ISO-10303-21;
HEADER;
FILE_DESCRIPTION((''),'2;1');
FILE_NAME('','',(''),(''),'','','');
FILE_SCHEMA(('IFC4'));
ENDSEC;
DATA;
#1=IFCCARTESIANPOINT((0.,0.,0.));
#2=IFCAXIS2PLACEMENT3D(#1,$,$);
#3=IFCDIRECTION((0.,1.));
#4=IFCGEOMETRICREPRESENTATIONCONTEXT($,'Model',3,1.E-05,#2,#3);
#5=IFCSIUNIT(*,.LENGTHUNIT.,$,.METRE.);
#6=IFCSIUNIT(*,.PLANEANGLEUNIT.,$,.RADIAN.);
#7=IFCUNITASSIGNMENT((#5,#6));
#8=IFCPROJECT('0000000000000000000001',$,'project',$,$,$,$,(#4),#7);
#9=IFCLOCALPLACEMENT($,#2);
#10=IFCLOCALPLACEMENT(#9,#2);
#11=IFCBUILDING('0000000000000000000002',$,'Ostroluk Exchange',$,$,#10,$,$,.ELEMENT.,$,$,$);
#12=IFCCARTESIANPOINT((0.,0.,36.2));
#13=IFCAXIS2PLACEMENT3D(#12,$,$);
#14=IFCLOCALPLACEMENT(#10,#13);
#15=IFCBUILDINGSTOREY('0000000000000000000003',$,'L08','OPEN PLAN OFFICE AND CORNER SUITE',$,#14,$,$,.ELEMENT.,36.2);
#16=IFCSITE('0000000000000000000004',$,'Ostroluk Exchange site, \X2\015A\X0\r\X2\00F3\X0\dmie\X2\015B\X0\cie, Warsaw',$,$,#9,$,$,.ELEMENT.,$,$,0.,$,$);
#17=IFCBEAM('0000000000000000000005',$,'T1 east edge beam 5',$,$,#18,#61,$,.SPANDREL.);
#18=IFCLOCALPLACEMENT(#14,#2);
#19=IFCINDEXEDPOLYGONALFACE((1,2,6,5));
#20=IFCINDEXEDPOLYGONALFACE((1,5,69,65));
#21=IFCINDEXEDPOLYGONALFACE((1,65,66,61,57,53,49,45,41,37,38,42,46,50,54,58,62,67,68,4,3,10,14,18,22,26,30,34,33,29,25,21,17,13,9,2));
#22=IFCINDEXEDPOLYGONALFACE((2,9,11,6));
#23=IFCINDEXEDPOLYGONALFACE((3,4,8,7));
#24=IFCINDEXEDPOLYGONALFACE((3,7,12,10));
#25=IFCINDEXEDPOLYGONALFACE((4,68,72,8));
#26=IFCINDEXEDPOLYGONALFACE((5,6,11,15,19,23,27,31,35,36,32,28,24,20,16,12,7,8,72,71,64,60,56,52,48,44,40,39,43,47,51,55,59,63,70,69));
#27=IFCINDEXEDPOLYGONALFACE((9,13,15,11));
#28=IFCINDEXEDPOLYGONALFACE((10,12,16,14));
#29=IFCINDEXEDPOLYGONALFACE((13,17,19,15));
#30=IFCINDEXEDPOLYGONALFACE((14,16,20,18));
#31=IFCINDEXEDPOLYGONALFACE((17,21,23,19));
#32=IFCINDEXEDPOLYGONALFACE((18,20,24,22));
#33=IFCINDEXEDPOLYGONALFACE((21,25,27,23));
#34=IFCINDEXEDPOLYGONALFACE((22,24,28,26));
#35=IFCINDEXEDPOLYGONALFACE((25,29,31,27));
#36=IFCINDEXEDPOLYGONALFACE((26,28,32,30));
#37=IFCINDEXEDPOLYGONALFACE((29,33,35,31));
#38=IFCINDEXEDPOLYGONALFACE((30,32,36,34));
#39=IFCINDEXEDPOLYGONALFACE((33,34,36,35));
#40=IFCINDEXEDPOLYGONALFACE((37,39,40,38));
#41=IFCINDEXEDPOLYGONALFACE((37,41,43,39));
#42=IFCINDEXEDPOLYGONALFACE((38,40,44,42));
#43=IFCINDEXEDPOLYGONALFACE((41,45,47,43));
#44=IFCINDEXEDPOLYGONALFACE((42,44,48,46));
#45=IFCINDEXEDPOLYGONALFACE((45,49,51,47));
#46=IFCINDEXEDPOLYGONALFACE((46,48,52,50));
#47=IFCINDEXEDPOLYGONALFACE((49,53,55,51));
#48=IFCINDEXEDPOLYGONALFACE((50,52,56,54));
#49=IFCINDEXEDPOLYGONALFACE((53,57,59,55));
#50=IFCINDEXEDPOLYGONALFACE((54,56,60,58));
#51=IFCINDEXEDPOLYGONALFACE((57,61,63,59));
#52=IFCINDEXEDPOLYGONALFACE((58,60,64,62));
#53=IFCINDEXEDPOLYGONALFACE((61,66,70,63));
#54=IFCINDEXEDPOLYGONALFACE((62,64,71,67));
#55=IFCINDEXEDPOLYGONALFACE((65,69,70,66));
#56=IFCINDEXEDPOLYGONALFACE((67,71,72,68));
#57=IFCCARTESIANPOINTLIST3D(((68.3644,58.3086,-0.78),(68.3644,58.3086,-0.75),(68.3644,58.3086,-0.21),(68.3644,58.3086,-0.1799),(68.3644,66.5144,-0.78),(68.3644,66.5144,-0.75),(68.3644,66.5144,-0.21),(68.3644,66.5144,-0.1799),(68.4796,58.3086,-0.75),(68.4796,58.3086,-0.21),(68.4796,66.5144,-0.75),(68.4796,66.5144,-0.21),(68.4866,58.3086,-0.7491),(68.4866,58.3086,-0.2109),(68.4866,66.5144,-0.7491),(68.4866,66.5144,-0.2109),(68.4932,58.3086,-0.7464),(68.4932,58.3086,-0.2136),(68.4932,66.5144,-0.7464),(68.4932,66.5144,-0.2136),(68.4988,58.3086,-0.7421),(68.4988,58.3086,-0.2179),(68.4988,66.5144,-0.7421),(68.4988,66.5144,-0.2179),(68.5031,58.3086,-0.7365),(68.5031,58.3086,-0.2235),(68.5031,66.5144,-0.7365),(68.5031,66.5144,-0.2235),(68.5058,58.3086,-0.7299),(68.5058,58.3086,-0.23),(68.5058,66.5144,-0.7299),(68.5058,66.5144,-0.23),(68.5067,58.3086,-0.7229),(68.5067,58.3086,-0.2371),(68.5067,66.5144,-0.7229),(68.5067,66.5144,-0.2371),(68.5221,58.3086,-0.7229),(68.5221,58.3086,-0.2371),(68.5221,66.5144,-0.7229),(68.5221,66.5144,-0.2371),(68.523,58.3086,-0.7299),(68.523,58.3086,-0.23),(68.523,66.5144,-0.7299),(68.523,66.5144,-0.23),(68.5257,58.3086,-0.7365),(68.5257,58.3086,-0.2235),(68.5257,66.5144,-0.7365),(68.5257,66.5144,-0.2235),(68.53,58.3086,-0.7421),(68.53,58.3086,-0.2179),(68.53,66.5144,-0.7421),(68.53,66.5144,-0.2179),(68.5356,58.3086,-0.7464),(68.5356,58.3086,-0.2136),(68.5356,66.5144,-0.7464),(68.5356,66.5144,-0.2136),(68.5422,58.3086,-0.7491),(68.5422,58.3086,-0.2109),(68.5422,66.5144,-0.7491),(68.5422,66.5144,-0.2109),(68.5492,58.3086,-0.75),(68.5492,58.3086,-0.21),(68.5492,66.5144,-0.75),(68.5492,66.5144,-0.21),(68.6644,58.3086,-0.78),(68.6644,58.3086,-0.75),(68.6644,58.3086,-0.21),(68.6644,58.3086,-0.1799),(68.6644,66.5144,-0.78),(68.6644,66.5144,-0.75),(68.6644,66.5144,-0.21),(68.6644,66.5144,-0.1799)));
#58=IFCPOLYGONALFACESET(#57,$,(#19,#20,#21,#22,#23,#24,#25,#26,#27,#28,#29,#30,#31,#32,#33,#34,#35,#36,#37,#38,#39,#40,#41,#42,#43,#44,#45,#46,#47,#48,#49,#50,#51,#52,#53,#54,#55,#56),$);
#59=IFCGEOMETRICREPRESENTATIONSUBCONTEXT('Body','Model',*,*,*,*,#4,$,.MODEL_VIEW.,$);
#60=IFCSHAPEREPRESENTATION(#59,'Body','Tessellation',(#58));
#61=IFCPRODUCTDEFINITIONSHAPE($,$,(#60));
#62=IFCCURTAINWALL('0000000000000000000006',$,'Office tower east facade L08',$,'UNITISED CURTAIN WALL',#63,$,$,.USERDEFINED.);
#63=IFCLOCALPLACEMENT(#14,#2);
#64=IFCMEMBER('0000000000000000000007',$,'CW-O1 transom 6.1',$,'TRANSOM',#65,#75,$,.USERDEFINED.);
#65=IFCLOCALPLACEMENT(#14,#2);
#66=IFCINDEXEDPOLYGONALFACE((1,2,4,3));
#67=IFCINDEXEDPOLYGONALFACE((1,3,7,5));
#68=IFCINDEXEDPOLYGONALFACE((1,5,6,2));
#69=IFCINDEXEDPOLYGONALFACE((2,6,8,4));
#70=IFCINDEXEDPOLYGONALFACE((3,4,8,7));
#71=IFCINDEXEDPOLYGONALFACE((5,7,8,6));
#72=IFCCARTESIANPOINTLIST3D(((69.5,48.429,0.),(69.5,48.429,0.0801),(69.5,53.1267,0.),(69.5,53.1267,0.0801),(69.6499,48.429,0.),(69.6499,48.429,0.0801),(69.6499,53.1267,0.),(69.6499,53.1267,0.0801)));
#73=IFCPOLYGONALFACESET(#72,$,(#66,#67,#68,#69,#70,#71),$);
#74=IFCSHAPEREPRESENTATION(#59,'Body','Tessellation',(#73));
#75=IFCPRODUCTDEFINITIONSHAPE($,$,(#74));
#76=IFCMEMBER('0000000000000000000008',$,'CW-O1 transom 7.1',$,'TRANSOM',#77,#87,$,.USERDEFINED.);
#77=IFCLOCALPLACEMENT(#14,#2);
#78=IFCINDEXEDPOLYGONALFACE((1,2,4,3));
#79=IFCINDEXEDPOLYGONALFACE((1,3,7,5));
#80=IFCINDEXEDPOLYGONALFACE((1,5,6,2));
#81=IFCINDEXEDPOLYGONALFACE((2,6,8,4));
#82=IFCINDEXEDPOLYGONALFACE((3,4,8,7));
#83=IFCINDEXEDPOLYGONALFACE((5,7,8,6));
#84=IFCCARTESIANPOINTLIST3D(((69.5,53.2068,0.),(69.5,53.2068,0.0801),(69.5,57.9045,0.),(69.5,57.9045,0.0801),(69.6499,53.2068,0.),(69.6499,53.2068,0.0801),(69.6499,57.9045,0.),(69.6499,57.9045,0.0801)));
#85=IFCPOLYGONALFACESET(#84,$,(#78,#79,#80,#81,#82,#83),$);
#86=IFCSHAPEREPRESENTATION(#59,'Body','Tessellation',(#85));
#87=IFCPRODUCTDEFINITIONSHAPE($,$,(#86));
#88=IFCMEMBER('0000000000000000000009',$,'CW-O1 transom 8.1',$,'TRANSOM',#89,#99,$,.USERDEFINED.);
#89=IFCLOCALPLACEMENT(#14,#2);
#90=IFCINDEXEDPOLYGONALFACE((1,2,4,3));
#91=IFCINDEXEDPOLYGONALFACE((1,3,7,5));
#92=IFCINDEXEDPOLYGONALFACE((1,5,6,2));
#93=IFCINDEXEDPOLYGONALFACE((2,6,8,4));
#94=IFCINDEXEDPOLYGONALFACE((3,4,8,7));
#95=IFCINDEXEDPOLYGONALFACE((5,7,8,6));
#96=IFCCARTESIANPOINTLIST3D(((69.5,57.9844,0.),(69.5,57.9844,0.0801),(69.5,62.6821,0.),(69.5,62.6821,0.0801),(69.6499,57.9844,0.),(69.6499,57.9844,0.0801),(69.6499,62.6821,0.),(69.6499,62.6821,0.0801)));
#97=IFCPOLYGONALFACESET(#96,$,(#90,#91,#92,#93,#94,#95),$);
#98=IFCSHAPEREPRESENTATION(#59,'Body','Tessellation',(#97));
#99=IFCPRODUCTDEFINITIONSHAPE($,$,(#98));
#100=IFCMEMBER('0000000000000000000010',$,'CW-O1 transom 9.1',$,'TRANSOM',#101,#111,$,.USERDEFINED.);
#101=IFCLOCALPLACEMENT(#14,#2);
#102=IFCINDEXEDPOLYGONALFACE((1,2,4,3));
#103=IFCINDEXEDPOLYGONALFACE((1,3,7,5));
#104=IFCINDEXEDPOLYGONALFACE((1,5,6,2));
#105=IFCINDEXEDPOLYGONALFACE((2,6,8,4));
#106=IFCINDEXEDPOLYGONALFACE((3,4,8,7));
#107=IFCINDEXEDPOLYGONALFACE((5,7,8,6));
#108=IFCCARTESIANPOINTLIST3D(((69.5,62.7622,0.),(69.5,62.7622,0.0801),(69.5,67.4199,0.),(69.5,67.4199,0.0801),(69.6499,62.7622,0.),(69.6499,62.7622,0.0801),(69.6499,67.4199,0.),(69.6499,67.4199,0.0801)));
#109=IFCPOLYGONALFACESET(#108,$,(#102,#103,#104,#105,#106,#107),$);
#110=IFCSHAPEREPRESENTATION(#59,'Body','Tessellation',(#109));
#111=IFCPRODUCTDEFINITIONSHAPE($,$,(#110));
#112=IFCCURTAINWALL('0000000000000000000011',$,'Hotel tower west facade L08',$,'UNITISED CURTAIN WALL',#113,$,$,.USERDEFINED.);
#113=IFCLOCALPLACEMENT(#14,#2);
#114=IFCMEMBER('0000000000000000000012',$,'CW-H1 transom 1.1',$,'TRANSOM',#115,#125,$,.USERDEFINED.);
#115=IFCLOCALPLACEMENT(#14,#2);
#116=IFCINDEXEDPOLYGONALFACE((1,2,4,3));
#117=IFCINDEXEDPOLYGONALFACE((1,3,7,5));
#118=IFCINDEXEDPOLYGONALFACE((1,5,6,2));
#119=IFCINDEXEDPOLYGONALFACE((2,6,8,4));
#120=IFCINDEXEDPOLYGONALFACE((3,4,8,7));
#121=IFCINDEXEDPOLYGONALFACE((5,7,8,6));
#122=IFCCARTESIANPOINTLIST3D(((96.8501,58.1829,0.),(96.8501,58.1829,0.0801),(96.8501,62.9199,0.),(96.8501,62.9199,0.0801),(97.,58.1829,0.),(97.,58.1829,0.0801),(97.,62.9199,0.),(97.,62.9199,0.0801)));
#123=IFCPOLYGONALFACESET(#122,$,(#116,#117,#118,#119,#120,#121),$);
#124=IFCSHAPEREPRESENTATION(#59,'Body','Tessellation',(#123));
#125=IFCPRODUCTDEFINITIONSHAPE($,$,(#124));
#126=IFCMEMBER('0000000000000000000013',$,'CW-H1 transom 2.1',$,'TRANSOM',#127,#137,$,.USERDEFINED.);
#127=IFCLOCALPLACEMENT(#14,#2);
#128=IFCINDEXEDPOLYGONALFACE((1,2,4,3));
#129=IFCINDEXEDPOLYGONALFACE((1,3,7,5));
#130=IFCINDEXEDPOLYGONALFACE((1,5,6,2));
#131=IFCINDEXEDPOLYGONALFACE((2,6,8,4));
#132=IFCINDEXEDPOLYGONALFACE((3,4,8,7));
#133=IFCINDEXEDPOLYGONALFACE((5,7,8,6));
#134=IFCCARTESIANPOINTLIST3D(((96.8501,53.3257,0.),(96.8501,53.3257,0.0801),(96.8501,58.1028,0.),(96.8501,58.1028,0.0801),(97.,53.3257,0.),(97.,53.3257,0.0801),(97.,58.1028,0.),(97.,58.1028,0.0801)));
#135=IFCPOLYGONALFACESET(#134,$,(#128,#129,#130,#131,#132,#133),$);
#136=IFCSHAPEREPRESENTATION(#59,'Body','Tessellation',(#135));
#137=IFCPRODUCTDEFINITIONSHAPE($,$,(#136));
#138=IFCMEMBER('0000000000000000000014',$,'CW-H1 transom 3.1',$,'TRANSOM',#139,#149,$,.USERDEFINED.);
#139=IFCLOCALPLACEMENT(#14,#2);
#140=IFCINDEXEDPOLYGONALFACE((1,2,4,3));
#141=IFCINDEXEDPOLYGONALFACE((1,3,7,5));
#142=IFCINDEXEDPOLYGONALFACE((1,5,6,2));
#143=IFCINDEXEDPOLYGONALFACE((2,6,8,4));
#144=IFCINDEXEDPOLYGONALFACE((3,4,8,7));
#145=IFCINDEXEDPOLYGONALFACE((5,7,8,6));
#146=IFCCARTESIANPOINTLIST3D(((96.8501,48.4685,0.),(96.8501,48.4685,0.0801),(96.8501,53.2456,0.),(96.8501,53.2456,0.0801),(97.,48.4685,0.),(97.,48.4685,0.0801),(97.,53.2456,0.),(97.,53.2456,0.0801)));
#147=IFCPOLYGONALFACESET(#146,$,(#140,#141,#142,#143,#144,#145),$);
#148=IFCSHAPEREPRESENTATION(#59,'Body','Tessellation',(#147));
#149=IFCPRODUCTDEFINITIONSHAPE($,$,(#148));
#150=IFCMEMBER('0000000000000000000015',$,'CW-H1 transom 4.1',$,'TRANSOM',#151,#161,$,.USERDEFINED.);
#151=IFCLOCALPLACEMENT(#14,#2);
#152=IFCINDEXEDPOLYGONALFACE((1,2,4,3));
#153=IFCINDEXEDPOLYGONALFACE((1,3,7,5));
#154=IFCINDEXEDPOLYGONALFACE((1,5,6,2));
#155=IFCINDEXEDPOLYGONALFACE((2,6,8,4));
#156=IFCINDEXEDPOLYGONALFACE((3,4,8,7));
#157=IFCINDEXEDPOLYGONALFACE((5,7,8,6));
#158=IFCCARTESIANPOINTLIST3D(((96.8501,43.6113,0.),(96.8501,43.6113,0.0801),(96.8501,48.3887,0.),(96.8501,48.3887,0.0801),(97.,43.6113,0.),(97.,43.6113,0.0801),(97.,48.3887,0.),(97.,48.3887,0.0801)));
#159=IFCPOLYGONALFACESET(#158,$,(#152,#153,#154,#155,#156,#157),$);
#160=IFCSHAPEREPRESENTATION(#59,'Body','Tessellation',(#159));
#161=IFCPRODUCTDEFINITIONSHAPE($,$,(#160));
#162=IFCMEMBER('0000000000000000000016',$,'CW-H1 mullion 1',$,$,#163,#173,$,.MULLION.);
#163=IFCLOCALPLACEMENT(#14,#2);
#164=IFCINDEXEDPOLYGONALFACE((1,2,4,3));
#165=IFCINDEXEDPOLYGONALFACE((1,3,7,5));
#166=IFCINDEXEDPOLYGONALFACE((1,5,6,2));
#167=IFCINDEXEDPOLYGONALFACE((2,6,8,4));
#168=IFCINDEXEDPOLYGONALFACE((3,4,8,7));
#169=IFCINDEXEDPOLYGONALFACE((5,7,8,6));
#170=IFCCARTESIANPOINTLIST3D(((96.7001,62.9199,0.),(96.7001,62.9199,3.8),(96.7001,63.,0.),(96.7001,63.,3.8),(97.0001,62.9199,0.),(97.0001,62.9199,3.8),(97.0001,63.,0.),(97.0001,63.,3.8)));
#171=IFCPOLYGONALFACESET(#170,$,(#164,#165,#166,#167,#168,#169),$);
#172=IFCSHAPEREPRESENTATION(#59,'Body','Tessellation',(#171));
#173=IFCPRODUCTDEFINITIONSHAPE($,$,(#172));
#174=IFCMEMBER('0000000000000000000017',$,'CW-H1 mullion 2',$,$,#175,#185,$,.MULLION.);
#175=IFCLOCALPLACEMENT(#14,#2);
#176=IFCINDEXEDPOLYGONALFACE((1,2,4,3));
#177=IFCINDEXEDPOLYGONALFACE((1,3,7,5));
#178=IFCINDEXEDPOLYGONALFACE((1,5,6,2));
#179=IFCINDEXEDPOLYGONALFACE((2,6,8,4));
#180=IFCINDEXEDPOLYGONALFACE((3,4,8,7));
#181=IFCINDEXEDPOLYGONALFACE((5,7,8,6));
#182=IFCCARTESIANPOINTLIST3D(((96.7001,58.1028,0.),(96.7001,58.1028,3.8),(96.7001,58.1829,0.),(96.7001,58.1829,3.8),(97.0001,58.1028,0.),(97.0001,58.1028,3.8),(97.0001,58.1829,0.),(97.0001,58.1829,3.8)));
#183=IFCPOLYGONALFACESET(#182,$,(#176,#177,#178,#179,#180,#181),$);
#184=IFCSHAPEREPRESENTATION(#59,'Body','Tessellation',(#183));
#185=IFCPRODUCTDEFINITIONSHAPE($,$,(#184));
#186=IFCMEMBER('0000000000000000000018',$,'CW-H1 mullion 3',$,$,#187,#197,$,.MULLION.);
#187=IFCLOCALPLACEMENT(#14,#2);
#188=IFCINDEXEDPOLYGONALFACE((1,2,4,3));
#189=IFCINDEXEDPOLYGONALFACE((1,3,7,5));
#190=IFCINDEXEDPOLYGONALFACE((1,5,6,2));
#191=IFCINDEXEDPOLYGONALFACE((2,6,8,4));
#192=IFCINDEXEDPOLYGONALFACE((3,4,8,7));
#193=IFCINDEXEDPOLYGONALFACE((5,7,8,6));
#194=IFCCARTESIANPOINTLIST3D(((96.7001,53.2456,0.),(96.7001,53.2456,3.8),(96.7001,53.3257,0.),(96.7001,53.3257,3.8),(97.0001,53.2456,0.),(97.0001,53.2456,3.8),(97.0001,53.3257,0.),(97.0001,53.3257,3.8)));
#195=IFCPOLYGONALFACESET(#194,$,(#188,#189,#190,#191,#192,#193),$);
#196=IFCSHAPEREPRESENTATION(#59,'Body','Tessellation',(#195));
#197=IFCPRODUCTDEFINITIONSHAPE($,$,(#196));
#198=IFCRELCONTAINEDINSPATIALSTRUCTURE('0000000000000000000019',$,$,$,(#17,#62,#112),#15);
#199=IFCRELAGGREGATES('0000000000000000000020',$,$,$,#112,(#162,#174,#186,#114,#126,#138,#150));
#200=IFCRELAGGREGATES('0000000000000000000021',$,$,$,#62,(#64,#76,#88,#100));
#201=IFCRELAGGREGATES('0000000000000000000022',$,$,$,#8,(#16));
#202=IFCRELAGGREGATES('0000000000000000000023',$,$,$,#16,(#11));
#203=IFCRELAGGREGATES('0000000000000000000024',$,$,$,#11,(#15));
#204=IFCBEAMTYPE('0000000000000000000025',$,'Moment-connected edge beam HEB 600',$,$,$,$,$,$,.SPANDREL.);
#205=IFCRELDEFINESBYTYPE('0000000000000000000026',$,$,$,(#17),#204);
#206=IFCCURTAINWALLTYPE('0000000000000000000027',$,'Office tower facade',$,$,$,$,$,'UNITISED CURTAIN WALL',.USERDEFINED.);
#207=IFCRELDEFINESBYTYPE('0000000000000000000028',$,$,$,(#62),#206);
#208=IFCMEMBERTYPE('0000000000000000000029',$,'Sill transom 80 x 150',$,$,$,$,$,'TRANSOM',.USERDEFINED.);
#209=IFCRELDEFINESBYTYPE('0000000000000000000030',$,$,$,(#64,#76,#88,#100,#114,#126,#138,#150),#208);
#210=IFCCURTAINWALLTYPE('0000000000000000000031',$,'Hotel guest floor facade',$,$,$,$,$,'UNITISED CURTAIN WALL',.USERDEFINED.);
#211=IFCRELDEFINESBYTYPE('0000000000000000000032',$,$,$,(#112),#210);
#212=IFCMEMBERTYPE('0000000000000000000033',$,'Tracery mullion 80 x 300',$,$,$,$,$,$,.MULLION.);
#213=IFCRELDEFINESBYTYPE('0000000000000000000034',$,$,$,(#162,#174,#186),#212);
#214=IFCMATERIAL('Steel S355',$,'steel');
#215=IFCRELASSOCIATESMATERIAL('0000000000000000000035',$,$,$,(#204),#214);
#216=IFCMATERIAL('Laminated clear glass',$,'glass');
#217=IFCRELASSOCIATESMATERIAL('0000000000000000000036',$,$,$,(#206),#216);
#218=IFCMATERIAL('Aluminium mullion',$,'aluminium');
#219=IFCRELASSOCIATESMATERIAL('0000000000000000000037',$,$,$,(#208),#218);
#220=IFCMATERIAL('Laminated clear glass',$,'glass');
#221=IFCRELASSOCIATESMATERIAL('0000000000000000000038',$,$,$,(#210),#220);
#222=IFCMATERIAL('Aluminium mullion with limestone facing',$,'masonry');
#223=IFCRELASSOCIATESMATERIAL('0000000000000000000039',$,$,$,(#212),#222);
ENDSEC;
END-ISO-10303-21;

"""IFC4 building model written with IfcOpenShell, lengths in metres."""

from ifc_helpers import new_model, si_unit, direction, frame, origin, origin_2d, place, context, subcontext, project, spatial, rectangle, i_section, extrude, material, material_profile, profile_set, type_object, element, aggregate, save


model = new_model("IFC4")

# Units and contexts
model_context = context("Model", 3, precision=1e-05, world=origin(), true_north=direction((0.0, 1.0)))
body_context = subcontext(model_context, "Body", "Model", "MODEL_VIEW")
ifc_project = project(units=[si_unit("LENGTHUNIT", "METRE"), si_unit("PLANEANGLEUNIT", "RADIAN")], contexts=[model_context])

# Site, building, storey
site_placement = place(None, origin())
site = spatial("IfcSite", under=ifc_project, at=site_placement, Name="Ostroluk Exchange site, Śródmieście, Warsaw", CompositionType="ELEMENT", RefElevation=0.0)
building_placement = place(site_placement, origin())
building = spatial("IfcBuilding", under=site, at=building_placement, Name="Ostroluk Exchange", CompositionType="ELEMENT")
storey_placement = place(building_placement, frame((0.0, 0.0, 36.2)))
storey = spatial("IfcBuildingStorey", under=building, at=storey_placement, Name="L08", Description="OPEN PLAN OFFICE AND CORNER SUITE", CompositionType="ELEMENT", Elevation=36.2)

# Beam
ifc_material_1 = material(Name="Steel S355", Category="steel")
ifc_material_profile_1 = material_profile(ifc_material_1, i_section(OverallWidth=0.3, OverallDepth=0.6001, WebThickness=0.0154, FlangeThickness=0.03, FilletRadius=0.0271, at=origin_2d()), Name="HEB 600")
ifc_profile_set_1 = profile_set([ifc_material_profile_1], Name="Steel S355")
beam_type_1 = type_object("IfcBeamType", Name="Moment-connected edge beam HEB 600", PredefinedType="SPANDREL", material=ifc_profile_set_1)
for number, where, z_axis, x_axis, name in (
    (1, (68.5144, 58.3086, -0.48), (0.0, 1.0, 0.0), (-1.0, 0.0, 0.0), "T1 east edge beam 5"),
):
    element("IfcBeam", number, at=place(storey_placement, frame(where, z_axis=z_axis, x_axis=x_axis)), inside=storey, type_object=beam_type_1, Name=name, PredefinedType="SPANDREL", context=body_context, shape_type="SweptSolid", body=[
        extrude(i_section(OverallWidth=0.3, OverallDepth=0.6001, WebThickness=0.0154, FlangeThickness=0.03, FilletRadius=0.0271, at=origin_2d()), origin(), (0.0, 0.0, 1.0), 8.2058),
    ])

# Curtain walls, members
ifc_material_2 = material(Name="Laminated clear glass", Category="glass")
curtain_wall_type_1 = type_object("IfcCurtainWallType", Name="Office tower facade", ElementType="UNITISED CURTAIN WALL", PredefinedType="USERDEFINED", material=ifc_material_2)
curtain_wall_1_placement = place(storey_placement, origin())
curtain_wall_1 = element("IfcCurtainWall", 2, at=curtain_wall_1_placement, inside=storey, type_object=curtain_wall_type_1, Name="Office tower east facade L08", ObjectType="UNITISED CURTAIN WALL", PredefinedType="USERDEFINED")
ifc_material_3 = material(Name="Aluminium mullion", Category="aluminium")
ifc_material_profile_2 = material_profile(ifc_material_3, rectangle(XDim=0.1499, YDim=0.0801, at=origin_2d()), Name="Sill transom 80 x 150")
ifc_profile_set_2 = profile_set([ifc_material_profile_2], Name="Aluminium mullion")
member_type_1 = type_object("IfcMemberType", Name="Sill transom 80 x 150", ElementType="TRANSOM", PredefinedType="USERDEFINED", material=ifc_profile_set_2)
member_1_placement = place(storey_placement, frame((69.575, 48.429, 0.04), z_axis=(0.0, 1.0, 0.0), x_axis=(-1.0, 0.0, 0.0)))
member_1 = element("IfcMember", 3, at=member_1_placement, type_object=member_type_1, Name="CW-O1 transom 6.1", ObjectType="TRANSOM", PredefinedType="USERDEFINED", context=body_context, shape_type="SweptSolid", body=[
    extrude(rectangle(XDim=0.1499, YDim=0.0801, at=origin_2d()), origin(), (0.0, 0.0, 1.0), 4.6978),
])
member_2_placement = place(storey_placement, frame((69.575, 53.2068, 0.04), z_axis=(0.0, 1.0, 0.0), x_axis=(-1.0, 0.0, 0.0)))
member_2 = element("IfcMember", 4, at=member_2_placement, type_object=member_type_1, Name="CW-O1 transom 7.1", ObjectType="TRANSOM", PredefinedType="USERDEFINED", context=body_context, shape_type="SweptSolid", body=[
    extrude(rectangle(XDim=0.1499, YDim=0.0801, at=origin_2d()), origin(), (0.0, 0.0, 1.0), 4.6978),
])
member_3_placement = place(storey_placement, frame((69.575, 57.9844, 0.04), z_axis=(0.0, 1.0, 0.0), x_axis=(-1.0, 0.0, 0.0)))
member_3 = element("IfcMember", 5, at=member_3_placement, type_object=member_type_1, Name="CW-O1 transom 8.1", ObjectType="TRANSOM", PredefinedType="USERDEFINED", context=body_context, shape_type="SweptSolid", body=[
    extrude(rectangle(XDim=0.1499, YDim=0.0801, at=origin_2d()), origin(), (0.0, 0.0, 1.0), 4.6978),
])
member_4_placement = place(storey_placement, frame((69.575, 62.7622, 0.04), z_axis=(0.0, 1.0, 0.0), x_axis=(-1.0, 0.0, 0.0)))
member_4 = element("IfcMember", 6, at=member_4_placement, type_object=member_type_1, Name="CW-O1 transom 9.1", ObjectType="TRANSOM", PredefinedType="USERDEFINED", context=body_context, shape_type="SweptSolid", body=[
    extrude(rectangle(XDim=0.1499, YDim=0.0801, at=origin_2d()), origin(), (0.0, 0.0, 1.0), 4.6577),
])
ifc_material_4 = material(Name="Laminated clear glass", Category="glass")
curtain_wall_type_2 = type_object("IfcCurtainWallType", Name="Hotel guest floor facade", ElementType="UNITISED CURTAIN WALL", PredefinedType="USERDEFINED", material=ifc_material_4)
curtain_wall_2_placement = place(storey_placement, origin())
curtain_wall_2 = element("IfcCurtainWall", 7, at=curtain_wall_2_placement, inside=storey, type_object=curtain_wall_type_2, Name="Hotel tower west facade L08", ObjectType="UNITISED CURTAIN WALL", PredefinedType="USERDEFINED")
member_5_placement = place(storey_placement, frame((96.925, 62.9199, 0.04), z_axis=(0.0, -1.0, 0.0), x_axis=(1.0, 0.0, 0.0)))
member_5 = element("IfcMember", 8, at=member_5_placement, type_object=member_type_1, Name="CW-H1 transom 1.1", ObjectType="TRANSOM", PredefinedType="USERDEFINED", context=body_context, shape_type="SweptSolid", body=[
    extrude(rectangle(XDim=0.1499, YDim=0.0801, at=origin_2d()), origin(), (0.0, 0.0, 1.0), 4.7371),
])
member_6_placement = place(storey_placement, frame((96.925, 58.1028, 0.04), z_axis=(0.0, -1.0, 0.0), x_axis=(1.0, 0.0, 0.0)))
member_6 = element("IfcMember", 9, at=member_6_placement, type_object=member_type_1, Name="CW-H1 transom 2.1", ObjectType="TRANSOM", PredefinedType="USERDEFINED", context=body_context, shape_type="SweptSolid", body=[
    extrude(rectangle(XDim=0.1499, YDim=0.0801, at=origin_2d()), origin(), (0.0, 0.0, 1.0), 4.7771),
])
member_7_placement = place(storey_placement, frame((96.925, 53.2456, 0.04), z_axis=(0.0, -1.0, 0.0), x_axis=(1.0, 0.0, 0.0)))
member_7 = element("IfcMember", 10, at=member_7_placement, type_object=member_type_1, Name="CW-H1 transom 3.1", ObjectType="TRANSOM", PredefinedType="USERDEFINED", context=body_context, shape_type="SweptSolid", body=[
    extrude(rectangle(XDim=0.1499, YDim=0.0801, at=origin_2d()), origin(), (0.0, 0.0, 1.0), 4.7771),
])
member_8_placement = place(storey_placement, frame((96.925, 48.3887, 0.04), z_axis=(0.0, -1.0, 0.0), x_axis=(1.0, 0.0, 0.0)))
member_8 = element("IfcMember", 11, at=member_8_placement, type_object=member_type_1, Name="CW-H1 transom 4.1", ObjectType="TRANSOM", PredefinedType="USERDEFINED", context=body_context, shape_type="SweptSolid", body=[
    extrude(rectangle(XDim=0.1499, YDim=0.0801, at=origin_2d()), origin(), (0.0, 0.0, 1.0), 4.7773),
])
ifc_material_5 = material(Name="Aluminium mullion with limestone facing", Category="masonry")
ifc_material_profile_3 = material_profile(ifc_material_5, rectangle(XDim=0.3, YDim=0.0801, at=origin_2d()), Name="Tracery mullion 80 x 300")
ifc_profile_set_3 = profile_set([ifc_material_profile_3], Name="Aluminium mullion with limestone facing")
member_type_2 = type_object("IfcMemberType", Name="Tracery mullion 80 x 300", PredefinedType="MULLION", material=ifc_profile_set_3)
member_9_placement = place(storey_placement, frame((96.8501, 62.96, 0.0), z_axis=(0.0, 0.0, 1.0), x_axis=(1.0, 0.0, 0.0)))
member_9 = element("IfcMember", 12, at=member_9_placement, type_object=member_type_2, Name="CW-H1 mullion 1", PredefinedType="MULLION", context=body_context, shape_type="SweptSolid", body=[
    extrude(rectangle(XDim=0.3, YDim=0.0801, at=origin_2d()), origin(), (0.0, 0.0, 1.0), 3.8),
])
member_10_placement = place(storey_placement, frame((96.8501, 58.1428, 0.0), z_axis=(0.0, 0.0, 1.0), x_axis=(1.0, 0.0, 0.0)))
member_10 = element("IfcMember", 13, at=member_10_placement, type_object=member_type_2, Name="CW-H1 mullion 2", PredefinedType="MULLION", context=body_context, shape_type="SweptSolid", body=[
    extrude(rectangle(XDim=0.3, YDim=0.0801, at=origin_2d()), origin(), (0.0, 0.0, 1.0), 3.8),
])
member_11_placement = place(storey_placement, frame((96.8501, 53.2856, 0.0), z_axis=(0.0, 0.0, 1.0), x_axis=(1.0, 0.0, 0.0)))
member_11 = element("IfcMember", 14, at=member_11_placement, type_object=member_type_2, Name="CW-H1 mullion 3", PredefinedType="MULLION", context=body_context, shape_type="SweptSolid", body=[
    extrude(rectangle(XDim=0.3, YDim=0.0801, at=origin_2d()), origin(), (0.0, 0.0, 1.0), 3.8),
])

aggregate(curtain_wall_2, [member_9, member_10, member_11, member_5, member_6, member_7, member_8])
aggregate(curtain_wall_1, [member_1, member_2, member_3, member_4])

save(model, "model.ifc")
